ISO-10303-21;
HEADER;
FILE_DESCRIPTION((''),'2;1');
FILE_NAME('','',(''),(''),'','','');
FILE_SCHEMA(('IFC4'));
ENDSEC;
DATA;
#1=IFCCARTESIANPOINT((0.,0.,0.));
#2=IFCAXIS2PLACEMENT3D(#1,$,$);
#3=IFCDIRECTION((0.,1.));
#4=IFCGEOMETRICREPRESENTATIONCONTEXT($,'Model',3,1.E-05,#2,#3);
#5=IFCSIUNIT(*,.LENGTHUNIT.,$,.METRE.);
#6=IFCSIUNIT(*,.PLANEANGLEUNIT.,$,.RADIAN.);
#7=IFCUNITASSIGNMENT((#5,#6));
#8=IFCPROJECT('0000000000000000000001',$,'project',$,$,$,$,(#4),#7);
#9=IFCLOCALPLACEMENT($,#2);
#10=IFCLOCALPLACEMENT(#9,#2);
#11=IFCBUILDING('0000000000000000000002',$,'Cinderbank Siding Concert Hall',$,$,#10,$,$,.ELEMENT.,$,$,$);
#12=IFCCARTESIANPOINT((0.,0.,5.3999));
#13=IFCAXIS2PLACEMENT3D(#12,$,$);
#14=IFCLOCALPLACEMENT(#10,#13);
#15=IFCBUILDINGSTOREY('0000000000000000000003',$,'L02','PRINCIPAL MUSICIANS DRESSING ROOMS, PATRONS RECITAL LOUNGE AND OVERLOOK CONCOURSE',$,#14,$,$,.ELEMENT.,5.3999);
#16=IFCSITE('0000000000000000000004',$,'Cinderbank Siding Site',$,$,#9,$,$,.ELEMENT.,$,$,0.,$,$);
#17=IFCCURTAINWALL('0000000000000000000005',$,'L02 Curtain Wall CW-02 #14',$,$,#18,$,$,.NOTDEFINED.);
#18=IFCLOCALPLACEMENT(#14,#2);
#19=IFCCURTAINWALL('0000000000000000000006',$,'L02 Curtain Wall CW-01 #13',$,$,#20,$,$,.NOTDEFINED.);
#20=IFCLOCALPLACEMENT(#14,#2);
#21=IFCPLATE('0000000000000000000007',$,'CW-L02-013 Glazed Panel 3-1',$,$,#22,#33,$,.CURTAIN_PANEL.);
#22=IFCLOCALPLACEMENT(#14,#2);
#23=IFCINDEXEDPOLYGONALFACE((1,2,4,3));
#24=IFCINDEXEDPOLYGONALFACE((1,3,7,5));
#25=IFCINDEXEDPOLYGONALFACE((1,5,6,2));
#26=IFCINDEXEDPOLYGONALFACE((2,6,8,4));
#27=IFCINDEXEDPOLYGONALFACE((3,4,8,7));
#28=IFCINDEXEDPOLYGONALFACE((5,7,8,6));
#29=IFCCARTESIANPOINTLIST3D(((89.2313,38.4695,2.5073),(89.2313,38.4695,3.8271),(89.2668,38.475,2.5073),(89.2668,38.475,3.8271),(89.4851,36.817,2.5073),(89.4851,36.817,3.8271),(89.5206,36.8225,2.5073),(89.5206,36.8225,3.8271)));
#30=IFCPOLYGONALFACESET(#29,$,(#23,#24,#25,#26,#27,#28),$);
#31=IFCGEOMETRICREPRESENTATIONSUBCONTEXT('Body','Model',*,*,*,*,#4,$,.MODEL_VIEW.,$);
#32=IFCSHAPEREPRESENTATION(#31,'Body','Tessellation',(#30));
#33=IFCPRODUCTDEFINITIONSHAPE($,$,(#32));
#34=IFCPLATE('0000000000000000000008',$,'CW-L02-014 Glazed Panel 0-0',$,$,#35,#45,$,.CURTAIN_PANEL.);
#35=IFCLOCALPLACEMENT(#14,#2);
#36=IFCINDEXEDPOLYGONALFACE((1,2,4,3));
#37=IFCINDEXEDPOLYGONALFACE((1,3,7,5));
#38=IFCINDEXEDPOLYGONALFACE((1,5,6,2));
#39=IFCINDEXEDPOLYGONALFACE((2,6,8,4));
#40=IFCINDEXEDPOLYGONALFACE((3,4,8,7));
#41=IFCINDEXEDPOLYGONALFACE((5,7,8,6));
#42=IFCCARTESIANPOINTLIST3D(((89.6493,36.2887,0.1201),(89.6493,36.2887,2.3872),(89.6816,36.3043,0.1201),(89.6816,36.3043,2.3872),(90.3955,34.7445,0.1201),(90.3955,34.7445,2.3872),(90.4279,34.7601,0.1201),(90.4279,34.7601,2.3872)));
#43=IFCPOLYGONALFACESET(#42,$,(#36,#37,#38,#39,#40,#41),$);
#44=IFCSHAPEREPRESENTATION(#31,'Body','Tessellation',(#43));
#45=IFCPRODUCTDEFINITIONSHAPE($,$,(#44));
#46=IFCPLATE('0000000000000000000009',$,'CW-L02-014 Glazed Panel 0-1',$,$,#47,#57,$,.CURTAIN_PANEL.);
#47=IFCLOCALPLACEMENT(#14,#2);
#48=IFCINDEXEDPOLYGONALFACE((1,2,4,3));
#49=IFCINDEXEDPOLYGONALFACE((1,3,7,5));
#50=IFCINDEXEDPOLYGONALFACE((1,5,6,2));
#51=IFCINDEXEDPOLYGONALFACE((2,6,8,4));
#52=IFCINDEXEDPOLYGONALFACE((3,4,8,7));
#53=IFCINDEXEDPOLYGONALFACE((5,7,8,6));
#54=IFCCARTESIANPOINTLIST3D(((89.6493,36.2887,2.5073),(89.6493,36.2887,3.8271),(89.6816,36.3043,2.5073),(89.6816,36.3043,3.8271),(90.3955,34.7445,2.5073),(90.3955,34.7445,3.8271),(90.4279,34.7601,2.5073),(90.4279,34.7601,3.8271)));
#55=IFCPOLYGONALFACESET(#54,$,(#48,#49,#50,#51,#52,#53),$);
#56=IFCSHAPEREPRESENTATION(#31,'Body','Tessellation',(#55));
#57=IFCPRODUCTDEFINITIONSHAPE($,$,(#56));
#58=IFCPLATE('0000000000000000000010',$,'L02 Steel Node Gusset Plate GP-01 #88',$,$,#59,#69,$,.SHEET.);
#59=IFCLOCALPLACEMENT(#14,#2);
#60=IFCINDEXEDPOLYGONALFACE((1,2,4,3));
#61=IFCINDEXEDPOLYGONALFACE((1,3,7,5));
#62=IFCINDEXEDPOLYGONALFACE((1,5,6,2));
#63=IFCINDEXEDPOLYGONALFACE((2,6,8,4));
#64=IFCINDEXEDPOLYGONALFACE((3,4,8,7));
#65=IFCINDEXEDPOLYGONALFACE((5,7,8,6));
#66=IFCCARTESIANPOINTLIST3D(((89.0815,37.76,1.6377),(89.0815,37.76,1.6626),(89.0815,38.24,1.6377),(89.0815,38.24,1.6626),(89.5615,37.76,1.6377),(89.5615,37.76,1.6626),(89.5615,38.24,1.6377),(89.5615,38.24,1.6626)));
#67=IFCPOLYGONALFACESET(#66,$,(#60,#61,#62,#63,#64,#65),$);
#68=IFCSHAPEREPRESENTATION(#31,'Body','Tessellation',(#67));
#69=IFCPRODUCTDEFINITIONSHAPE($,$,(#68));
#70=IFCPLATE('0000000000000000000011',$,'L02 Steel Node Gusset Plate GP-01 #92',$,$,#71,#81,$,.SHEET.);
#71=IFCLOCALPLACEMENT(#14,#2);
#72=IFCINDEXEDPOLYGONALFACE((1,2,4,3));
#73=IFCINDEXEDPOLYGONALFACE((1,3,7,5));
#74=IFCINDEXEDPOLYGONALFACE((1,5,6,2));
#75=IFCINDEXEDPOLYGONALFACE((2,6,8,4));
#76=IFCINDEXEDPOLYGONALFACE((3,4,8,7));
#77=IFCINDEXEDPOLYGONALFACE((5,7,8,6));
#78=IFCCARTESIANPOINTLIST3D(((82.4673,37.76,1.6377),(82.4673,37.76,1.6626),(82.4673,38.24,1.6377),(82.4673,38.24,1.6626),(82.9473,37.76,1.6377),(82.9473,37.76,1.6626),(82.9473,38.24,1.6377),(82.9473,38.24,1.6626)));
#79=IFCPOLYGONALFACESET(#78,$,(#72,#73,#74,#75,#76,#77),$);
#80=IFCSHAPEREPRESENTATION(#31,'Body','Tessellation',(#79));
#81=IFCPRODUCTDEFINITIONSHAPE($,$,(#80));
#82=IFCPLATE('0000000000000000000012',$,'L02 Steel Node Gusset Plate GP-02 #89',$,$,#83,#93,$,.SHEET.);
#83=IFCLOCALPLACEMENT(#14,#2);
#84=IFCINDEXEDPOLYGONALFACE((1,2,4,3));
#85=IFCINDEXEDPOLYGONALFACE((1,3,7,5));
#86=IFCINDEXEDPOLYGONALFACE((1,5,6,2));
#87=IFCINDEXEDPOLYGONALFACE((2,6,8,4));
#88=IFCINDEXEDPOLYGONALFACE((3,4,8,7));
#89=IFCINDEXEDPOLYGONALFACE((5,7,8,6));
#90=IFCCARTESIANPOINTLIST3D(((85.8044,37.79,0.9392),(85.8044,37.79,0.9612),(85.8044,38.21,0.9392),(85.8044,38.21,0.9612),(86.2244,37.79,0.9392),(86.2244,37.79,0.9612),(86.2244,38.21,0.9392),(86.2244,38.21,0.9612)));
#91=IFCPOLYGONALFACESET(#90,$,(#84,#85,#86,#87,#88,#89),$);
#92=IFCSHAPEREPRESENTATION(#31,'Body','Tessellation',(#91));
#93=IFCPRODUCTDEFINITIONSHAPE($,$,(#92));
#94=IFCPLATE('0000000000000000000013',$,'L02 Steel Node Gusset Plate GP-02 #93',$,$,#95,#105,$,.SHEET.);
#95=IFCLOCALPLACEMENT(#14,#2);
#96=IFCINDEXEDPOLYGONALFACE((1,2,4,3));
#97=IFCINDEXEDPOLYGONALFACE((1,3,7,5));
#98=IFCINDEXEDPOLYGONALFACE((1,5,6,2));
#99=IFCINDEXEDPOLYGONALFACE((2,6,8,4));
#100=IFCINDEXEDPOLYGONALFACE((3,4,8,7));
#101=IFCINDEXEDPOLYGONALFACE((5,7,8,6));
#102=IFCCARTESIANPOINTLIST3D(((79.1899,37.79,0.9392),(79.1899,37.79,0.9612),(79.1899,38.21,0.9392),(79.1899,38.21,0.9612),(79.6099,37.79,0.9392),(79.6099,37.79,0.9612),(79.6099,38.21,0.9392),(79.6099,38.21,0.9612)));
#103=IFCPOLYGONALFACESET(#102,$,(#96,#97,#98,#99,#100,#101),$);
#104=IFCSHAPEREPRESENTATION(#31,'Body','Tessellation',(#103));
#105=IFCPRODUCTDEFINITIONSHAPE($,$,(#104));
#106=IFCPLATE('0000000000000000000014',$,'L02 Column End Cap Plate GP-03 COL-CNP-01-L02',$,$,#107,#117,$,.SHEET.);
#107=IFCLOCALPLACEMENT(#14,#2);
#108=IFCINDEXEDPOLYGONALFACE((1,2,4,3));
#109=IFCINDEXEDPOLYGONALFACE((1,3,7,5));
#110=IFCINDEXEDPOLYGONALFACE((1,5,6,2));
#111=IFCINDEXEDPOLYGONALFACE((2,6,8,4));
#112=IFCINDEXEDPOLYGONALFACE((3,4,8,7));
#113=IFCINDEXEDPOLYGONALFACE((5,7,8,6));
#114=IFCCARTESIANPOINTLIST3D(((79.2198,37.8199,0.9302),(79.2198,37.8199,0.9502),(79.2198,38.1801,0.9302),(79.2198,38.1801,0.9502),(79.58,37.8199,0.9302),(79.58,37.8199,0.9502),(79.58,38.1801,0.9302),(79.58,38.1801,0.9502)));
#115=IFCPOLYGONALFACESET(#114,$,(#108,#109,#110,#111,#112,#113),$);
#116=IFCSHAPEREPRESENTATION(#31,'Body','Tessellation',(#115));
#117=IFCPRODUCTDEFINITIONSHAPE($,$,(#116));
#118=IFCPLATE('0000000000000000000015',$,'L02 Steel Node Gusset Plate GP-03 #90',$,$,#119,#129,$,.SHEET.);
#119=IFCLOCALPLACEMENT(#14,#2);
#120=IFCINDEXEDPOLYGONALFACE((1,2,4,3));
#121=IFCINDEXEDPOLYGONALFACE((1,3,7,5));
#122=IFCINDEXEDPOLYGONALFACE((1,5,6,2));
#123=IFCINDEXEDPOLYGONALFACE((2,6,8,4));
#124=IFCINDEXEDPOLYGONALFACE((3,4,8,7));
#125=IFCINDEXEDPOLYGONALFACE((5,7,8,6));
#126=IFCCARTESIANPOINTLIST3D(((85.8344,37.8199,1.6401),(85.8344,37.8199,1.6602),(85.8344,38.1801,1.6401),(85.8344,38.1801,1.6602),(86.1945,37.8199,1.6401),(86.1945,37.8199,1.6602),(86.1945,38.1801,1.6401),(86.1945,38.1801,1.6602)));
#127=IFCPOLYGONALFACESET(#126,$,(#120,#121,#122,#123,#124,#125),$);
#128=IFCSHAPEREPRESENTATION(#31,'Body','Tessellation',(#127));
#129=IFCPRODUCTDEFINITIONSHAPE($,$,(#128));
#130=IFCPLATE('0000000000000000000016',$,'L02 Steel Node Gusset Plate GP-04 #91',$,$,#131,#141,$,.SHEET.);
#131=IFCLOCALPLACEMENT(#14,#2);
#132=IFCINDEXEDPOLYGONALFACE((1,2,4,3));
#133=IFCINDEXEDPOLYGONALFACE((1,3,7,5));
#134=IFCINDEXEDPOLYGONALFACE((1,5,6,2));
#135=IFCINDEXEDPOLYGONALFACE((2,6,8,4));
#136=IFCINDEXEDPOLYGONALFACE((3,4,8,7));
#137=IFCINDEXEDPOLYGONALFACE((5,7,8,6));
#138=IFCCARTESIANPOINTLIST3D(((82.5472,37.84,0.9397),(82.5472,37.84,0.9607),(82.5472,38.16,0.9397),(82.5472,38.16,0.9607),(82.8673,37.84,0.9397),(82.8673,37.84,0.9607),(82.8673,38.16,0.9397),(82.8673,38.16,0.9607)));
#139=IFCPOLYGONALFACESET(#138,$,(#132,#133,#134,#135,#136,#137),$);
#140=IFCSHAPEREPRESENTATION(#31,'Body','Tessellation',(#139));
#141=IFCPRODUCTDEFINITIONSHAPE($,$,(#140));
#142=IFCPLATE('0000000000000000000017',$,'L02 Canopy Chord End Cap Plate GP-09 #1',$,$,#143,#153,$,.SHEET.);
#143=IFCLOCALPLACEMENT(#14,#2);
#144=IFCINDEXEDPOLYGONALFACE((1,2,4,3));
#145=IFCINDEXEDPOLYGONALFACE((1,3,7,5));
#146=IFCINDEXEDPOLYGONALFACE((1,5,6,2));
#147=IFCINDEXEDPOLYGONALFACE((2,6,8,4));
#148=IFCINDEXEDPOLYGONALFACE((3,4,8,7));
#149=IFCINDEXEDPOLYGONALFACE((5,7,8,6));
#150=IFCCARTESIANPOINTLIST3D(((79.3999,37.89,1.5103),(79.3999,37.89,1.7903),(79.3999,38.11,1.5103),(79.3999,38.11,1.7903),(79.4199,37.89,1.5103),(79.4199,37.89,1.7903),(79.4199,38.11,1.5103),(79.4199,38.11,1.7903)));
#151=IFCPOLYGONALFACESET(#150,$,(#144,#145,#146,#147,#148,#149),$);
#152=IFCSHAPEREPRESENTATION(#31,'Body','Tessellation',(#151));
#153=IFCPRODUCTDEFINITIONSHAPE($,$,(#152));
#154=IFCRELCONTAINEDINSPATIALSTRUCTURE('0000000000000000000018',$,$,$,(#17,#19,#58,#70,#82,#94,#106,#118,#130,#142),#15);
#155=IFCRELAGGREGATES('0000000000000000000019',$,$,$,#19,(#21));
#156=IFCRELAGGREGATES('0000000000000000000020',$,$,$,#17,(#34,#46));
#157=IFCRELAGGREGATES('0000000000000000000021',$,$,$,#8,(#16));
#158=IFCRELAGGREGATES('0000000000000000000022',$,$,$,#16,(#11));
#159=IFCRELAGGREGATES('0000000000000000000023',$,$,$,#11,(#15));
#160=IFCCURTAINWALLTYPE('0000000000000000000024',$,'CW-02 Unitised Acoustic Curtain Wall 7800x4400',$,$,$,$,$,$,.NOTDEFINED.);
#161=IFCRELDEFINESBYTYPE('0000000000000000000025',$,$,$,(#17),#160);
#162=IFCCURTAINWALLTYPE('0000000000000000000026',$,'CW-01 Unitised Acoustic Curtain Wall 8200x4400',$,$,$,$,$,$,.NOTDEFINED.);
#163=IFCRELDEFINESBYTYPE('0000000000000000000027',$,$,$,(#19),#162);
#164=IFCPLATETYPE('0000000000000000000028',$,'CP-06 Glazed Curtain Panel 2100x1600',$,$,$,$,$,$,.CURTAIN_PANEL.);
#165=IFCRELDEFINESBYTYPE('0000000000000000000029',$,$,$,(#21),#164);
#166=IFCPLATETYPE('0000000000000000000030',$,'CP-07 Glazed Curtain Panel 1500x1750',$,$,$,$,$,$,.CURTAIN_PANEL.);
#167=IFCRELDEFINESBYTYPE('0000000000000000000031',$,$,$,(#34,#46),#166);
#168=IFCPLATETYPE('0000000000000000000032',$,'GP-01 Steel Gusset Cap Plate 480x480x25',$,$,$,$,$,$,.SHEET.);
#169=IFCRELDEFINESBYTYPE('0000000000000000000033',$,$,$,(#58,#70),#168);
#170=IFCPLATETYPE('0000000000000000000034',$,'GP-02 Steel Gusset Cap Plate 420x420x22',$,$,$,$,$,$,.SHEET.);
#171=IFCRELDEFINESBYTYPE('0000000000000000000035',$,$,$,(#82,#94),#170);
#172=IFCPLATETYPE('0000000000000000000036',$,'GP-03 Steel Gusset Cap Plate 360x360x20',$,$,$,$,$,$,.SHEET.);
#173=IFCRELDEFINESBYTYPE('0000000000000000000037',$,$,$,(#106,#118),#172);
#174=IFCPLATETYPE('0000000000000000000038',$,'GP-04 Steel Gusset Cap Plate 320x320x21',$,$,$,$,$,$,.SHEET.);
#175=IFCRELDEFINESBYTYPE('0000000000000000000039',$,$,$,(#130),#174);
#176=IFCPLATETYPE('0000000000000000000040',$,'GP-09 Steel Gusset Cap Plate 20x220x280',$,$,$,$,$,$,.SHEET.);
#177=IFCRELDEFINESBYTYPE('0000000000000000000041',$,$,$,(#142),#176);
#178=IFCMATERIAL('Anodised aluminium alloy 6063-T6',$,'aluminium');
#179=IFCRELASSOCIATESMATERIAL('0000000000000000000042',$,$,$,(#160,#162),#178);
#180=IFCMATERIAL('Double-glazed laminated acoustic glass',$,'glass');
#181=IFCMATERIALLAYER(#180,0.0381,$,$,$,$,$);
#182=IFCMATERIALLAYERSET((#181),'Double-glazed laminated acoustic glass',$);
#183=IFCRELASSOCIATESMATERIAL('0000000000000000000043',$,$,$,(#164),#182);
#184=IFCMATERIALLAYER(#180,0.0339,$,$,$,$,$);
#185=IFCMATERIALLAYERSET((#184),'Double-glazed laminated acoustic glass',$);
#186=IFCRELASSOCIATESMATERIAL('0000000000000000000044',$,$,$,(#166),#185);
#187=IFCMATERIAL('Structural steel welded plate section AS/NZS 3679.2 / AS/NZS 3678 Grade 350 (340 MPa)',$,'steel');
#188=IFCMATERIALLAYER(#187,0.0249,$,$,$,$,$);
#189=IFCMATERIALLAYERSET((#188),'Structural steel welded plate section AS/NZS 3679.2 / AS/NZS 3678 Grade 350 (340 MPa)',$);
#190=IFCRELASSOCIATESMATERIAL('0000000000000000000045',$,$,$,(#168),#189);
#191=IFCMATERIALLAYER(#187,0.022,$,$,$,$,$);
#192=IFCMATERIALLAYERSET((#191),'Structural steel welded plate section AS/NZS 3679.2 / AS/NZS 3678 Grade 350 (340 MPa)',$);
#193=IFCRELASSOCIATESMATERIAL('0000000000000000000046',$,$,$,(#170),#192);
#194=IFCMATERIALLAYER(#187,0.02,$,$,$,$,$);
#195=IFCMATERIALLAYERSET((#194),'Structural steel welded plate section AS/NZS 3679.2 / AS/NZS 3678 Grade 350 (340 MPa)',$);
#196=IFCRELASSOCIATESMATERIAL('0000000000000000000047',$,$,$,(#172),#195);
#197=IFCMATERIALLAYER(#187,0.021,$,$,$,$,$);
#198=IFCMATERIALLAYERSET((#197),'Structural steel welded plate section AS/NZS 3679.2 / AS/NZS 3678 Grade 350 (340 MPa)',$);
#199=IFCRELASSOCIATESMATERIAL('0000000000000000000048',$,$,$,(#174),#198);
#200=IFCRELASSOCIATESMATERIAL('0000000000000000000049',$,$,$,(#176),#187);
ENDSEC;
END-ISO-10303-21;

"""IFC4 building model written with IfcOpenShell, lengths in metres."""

from ifc_helpers import new_model, si_unit, direction, frame, origin, origin_2d, place, context, subcontext, project, spatial, rectangle, extrude, material, layer, layer_set, type_object, element, aggregate, save


model = new_model("IFC4")

# Units and contexts
model_context = context("Model", 3, precision=1e-05, world=origin(), true_north=direction((0.0, 1.0)))
body_context = subcontext(model_context, "Body", "Model", "MODEL_VIEW")
ifc_project = project(units=[si_unit("LENGTHUNIT", "METRE"), si_unit("PLANEANGLEUNIT", "RADIAN")], contexts=[model_context])

# Site, building, storey
site_placement = place(None, origin())
site = spatial("IfcSite", under=ifc_project, at=site_placement, Name="Cinderbank Siding Site", CompositionType="ELEMENT", RefElevation=0.0)
building_placement = place(site_placement, origin())
building = spatial("IfcBuilding", under=site, at=building_placement, Name="Cinderbank Siding Concert Hall", CompositionType="ELEMENT")
storey_placement = place(building_placement, frame((0.0, 0.0, 5.3999)))
storey = spatial("IfcBuildingStorey", under=building, at=storey_placement, Name="L02", Description="PRINCIPAL MUSICIANS DRESSING ROOMS, PATRONS RECITAL LOUNGE AND OVERLOOK CONCOURSE", CompositionType="ELEMENT", Elevation=5.3999)

# Shared definitions
ifc_material_1 = material(Name="Structural steel welded plate section AS/NZS 3679.2 / AS/NZS 3678 Grade 350 (340 MPa)", Category="steel")

# Curtain walls
ifc_material_2 = material(Name="Anodised aluminium alloy 6063-T6", Category="aluminium")
curtain_wall_type_1 = type_object("IfcCurtainWallType", Name="CW-02 Unitised Acoustic Curtain Wall 7800x4400", PredefinedType="NOTDEFINED", material=ifc_material_2)
curtain_wall_1_placement = place(storey_placement, origin())
curtain_wall_1 = element("IfcCurtainWall", 1, at=curtain_wall_1_placement, inside=storey, type_object=curtain_wall_type_1, Name="L02 Curtain Wall CW-02 #14", PredefinedType="NOTDEFINED")
curtain_wall_type_2 = type_object("IfcCurtainWallType", Name="CW-01 Unitised Acoustic Curtain Wall 8200x4400", PredefinedType="NOTDEFINED", material=ifc_material_2)
curtain_wall_2_placement = place(storey_placement, origin())
curtain_wall_2 = element("IfcCurtainWall", 2, at=curtain_wall_2_placement, inside=storey, type_object=curtain_wall_type_2, Name="L02 Curtain Wall CW-01 #13", PredefinedType="NOTDEFINED")

# Plates
ifc_material_3 = material(Name="Double-glazed laminated acoustic glass", Category="glass")
ifc_layer_1 = layer(ifc_material_3, 0.0381)
ifc_layer_set_1 = layer_set([ifc_layer_1], Name="Double-glazed laminated acoustic glass")
plate_type_1 = type_object("IfcPlateType", Name="CP-06 Glazed Curtain Panel 2100x1600", PredefinedType="CURTAIN_PANEL", material=ifc_layer_set_1)
plate_1_placement = place(storey_placement, frame((89.376, 37.646, 2.5073), z_axis=(0.0, 0.0, 1.0), x_axis=(0.151815, -0.988409, 0.0)))
plate_1 = element("IfcPlate", 3, at=plate_1_placement, type_object=plate_type_1, Name="CW-L02-013 Glazed Panel 3-1", PredefinedType="CURTAIN_PANEL", context=body_context, shape_type="SweptSolid", body=[
    extrude(rectangle(XDim=1.6719, YDim=0.0359, at=origin_2d()), origin(), (0.0, 0.0, 1.0), 1.3198),
])
aggregate(curtain_wall_2, [plate_1])
ifc_layer_2 = layer(ifc_material_3, 0.0339)
ifc_layer_set_2 = layer_set([ifc_layer_2], Name="Double-glazed laminated acoustic glass")
plate_type_2 = type_object("IfcPlateType", Name="CP-07 Glazed Curtain Panel 1500x1750", PredefinedType="CURTAIN_PANEL", material=ifc_layer_set_2)
plate_2_placement = place(storey_placement, frame((90.0386, 35.5244, 0.1201), z_axis=(0.0, 0.0, 1.0), x_axis=(0.435102, -0.900381, 0.0)))
plate_2 = element("IfcPlate", 4, at=plate_2_placement, type_object=plate_type_2, Name="CW-L02-014 Glazed Panel 0-0", PredefinedType="CURTAIN_PANEL", context=body_context, shape_type="SweptSolid", body=[
    extrude(rectangle(XDim=1.7151, YDim=0.0359, at=origin_2d()), origin(), (0.0, 0.0, 1.0), 2.2671),
])
plate_3_placement = place(storey_placement, frame((90.0386, 35.5244, 2.5073), z_axis=(0.0, 0.0, 1.0), x_axis=(0.435102, -0.900381, 0.0)))
plate_3 = element("IfcPlate", 5, at=plate_3_placement, type_object=plate_type_2, Name="CW-L02-014 Glazed Panel 0-1", PredefinedType="CURTAIN_PANEL", context=body_context, shape_type="SweptSolid", body=[
    extrude(rectangle(XDim=1.7151, YDim=0.0359, at=origin_2d()), origin(), (0.0, 0.0, 1.0), 1.3198),
])
aggregate(curtain_wall_1, [plate_2, plate_3])

# Plates
ifc_layer_3 = layer(ifc_material_1, 0.0249)
ifc_layer_set_3 = layer_set([ifc_layer_3], Name="Structural steel welded plate section AS/NZS 3679.2 / AS/NZS 3678 Grade 350 (340 MPa)")
plate_type_3 = type_object("IfcPlateType", Name="GP-01 Steel Gusset Cap Plate 480x480x25", PredefinedType="SHEET", material=ifc_layer_set_3)
for number, where, z_axis, x_axis, name in (
    (6, (89.3215, 38.0, 1.6377), (0.0, 0.0, 1.0), (-1.0, 0.0, 0.0), "L02 Steel Node Gusset Plate GP-01 #88"),
    (7, (82.7073, 38.0, 1.6377), (0.0, 0.0, 1.0), (-1.0, 0.0, 0.0), "L02 Steel Node Gusset Plate GP-01 #92"),
):
    element("IfcPlate", number, at=place(storey_placement, frame(where, z_axis=z_axis, x_axis=x_axis)), inside=storey, type_object=plate_type_3, Name=name, PredefinedType="SHEET", context=body_context, shape_type="SweptSolid", body=[
        extrude(rectangle(XDim=0.48, YDim=0.48, at=origin_2d()), origin(), (0.0, 0.0, 1.0), 0.0249),
    ])
ifc_layer_4 = layer(ifc_material_1, 0.022)
ifc_layer_set_4 = layer_set([ifc_layer_4], Name="Structural steel welded plate section AS/NZS 3679.2 / AS/NZS 3678 Grade 350 (340 MPa)")
plate_type_4 = type_object("IfcPlateType", Name="GP-02 Steel Gusset Cap Plate 420x420x22", PredefinedType="SHEET", material=ifc_layer_set_4)
for number, where, z_axis, x_axis, name in (
    (8, (86.0144, 38.0, 0.9392), (0.0, 0.0, 1.0), (-1.0, 0.0, 0.0), "L02 Steel Node Gusset Plate GP-02 #89"),
    (9, (79.3999, 38.0, 0.9392), (0.0, 0.0, 1.0), (-1.0, 0.0, 0.0), "L02 Steel Node Gusset Plate GP-02 #93"),
):
    element("IfcPlate", number, at=place(storey_placement, frame(where, z_axis=z_axis, x_axis=x_axis)), inside=storey, type_object=plate_type_4, Name=name, PredefinedType="SHEET", context=body_context, shape_type="SweptSolid", body=[
        extrude(rectangle(XDim=0.4199, YDim=0.4199, at=origin_2d()), origin(), (0.0, 0.0, 1.0), 0.022),
    ])
ifc_layer_5 = layer(ifc_material_1, 0.02)
ifc_layer_set_5 = layer_set([ifc_layer_5], Name="Structural steel welded plate section AS/NZS 3679.2 / AS/NZS 3678 Grade 350 (340 MPa)")
plate_type_5 = type_object("IfcPlateType", Name="GP-03 Steel Gusset Cap Plate 360x360x20", PredefinedType="SHEET", material=ifc_layer_set_5)
for number, where, z_axis, x_axis, name in (
    (10, (79.3999, 38.0, 0.9302), (0.0, 0.0, 1.0), (1.0, 0.0, 0.0), "L02 Column End Cap Plate GP-03 COL-CNP-01-L02"),
    (11, (86.0144, 38.0, 1.6401), (0.0, 0.0, 1.0), (-1.0, 0.0, 0.0), "L02 Steel Node Gusset Plate GP-03 #90"),
):
    element("IfcPlate", number, at=place(storey_placement, frame(where, z_axis=z_axis, x_axis=x_axis)), inside=storey, type_object=plate_type_5, Name=name, PredefinedType="SHEET", context=body_context, shape_type="SweptSolid", body=[
        extrude(rectangle(XDim=0.3601, YDim=0.3601, at=origin_2d()), origin(), (0.0, 0.0, 1.0), 0.02),
    ])
ifc_layer_6 = layer(ifc_material_1, 0.021)
ifc_layer_set_6 = layer_set([ifc_layer_6], Name="Structural steel welded plate section AS/NZS 3679.2 / AS/NZS 3678 Grade 350 (340 MPa)")
plate_type_6 = type_object("IfcPlateType", Name="GP-04 Steel Gusset Cap Plate 320x320x21", PredefinedType="SHEET", material=ifc_layer_set_6)
plate_4_placement = place(storey_placement, frame((82.7073, 38.0, 0.9397), z_axis=(0.0, 0.0, 1.0), x_axis=(-1.0, 0.0, 0.0)))
element("IfcPlate", 12, at=plate_4_placement, inside=storey, type_object=plate_type_6, Name="L02 Steel Node Gusset Plate GP-04 #91", PredefinedType="SHEET", context=body_context, shape_type="SweptSolid", body=[
    extrude(rectangle(XDim=0.3201, YDim=0.3201, at=origin_2d()), origin(), (0.0, 0.0, 1.0), 0.021),
])
plate_type_7 = type_object("IfcPlateType", Name="GP-09 Steel Gusset Cap Plate 20x220x280", PredefinedType="SHEET", material=ifc_material_1)
plate_5_placement = place(storey_placement, frame((79.4099, 38.0, 1.5103), z_axis=(0.0, 0.0, 1.0), x_axis=(1.0, 0.0, 0.0)))
element("IfcPlate", 13, at=plate_5_placement, inside=storey, type_object=plate_type_7, Name="L02 Canopy Chord End Cap Plate GP-09 #1", PredefinedType="SHEET", context=body_context, shape_type="SweptSolid", body=[
    extrude(rectangle(XDim=0.02, YDim=0.22, at=origin_2d()), origin(), (0.0, 0.0, 1.0), 0.28),
])

save(model, "model.ifc")
